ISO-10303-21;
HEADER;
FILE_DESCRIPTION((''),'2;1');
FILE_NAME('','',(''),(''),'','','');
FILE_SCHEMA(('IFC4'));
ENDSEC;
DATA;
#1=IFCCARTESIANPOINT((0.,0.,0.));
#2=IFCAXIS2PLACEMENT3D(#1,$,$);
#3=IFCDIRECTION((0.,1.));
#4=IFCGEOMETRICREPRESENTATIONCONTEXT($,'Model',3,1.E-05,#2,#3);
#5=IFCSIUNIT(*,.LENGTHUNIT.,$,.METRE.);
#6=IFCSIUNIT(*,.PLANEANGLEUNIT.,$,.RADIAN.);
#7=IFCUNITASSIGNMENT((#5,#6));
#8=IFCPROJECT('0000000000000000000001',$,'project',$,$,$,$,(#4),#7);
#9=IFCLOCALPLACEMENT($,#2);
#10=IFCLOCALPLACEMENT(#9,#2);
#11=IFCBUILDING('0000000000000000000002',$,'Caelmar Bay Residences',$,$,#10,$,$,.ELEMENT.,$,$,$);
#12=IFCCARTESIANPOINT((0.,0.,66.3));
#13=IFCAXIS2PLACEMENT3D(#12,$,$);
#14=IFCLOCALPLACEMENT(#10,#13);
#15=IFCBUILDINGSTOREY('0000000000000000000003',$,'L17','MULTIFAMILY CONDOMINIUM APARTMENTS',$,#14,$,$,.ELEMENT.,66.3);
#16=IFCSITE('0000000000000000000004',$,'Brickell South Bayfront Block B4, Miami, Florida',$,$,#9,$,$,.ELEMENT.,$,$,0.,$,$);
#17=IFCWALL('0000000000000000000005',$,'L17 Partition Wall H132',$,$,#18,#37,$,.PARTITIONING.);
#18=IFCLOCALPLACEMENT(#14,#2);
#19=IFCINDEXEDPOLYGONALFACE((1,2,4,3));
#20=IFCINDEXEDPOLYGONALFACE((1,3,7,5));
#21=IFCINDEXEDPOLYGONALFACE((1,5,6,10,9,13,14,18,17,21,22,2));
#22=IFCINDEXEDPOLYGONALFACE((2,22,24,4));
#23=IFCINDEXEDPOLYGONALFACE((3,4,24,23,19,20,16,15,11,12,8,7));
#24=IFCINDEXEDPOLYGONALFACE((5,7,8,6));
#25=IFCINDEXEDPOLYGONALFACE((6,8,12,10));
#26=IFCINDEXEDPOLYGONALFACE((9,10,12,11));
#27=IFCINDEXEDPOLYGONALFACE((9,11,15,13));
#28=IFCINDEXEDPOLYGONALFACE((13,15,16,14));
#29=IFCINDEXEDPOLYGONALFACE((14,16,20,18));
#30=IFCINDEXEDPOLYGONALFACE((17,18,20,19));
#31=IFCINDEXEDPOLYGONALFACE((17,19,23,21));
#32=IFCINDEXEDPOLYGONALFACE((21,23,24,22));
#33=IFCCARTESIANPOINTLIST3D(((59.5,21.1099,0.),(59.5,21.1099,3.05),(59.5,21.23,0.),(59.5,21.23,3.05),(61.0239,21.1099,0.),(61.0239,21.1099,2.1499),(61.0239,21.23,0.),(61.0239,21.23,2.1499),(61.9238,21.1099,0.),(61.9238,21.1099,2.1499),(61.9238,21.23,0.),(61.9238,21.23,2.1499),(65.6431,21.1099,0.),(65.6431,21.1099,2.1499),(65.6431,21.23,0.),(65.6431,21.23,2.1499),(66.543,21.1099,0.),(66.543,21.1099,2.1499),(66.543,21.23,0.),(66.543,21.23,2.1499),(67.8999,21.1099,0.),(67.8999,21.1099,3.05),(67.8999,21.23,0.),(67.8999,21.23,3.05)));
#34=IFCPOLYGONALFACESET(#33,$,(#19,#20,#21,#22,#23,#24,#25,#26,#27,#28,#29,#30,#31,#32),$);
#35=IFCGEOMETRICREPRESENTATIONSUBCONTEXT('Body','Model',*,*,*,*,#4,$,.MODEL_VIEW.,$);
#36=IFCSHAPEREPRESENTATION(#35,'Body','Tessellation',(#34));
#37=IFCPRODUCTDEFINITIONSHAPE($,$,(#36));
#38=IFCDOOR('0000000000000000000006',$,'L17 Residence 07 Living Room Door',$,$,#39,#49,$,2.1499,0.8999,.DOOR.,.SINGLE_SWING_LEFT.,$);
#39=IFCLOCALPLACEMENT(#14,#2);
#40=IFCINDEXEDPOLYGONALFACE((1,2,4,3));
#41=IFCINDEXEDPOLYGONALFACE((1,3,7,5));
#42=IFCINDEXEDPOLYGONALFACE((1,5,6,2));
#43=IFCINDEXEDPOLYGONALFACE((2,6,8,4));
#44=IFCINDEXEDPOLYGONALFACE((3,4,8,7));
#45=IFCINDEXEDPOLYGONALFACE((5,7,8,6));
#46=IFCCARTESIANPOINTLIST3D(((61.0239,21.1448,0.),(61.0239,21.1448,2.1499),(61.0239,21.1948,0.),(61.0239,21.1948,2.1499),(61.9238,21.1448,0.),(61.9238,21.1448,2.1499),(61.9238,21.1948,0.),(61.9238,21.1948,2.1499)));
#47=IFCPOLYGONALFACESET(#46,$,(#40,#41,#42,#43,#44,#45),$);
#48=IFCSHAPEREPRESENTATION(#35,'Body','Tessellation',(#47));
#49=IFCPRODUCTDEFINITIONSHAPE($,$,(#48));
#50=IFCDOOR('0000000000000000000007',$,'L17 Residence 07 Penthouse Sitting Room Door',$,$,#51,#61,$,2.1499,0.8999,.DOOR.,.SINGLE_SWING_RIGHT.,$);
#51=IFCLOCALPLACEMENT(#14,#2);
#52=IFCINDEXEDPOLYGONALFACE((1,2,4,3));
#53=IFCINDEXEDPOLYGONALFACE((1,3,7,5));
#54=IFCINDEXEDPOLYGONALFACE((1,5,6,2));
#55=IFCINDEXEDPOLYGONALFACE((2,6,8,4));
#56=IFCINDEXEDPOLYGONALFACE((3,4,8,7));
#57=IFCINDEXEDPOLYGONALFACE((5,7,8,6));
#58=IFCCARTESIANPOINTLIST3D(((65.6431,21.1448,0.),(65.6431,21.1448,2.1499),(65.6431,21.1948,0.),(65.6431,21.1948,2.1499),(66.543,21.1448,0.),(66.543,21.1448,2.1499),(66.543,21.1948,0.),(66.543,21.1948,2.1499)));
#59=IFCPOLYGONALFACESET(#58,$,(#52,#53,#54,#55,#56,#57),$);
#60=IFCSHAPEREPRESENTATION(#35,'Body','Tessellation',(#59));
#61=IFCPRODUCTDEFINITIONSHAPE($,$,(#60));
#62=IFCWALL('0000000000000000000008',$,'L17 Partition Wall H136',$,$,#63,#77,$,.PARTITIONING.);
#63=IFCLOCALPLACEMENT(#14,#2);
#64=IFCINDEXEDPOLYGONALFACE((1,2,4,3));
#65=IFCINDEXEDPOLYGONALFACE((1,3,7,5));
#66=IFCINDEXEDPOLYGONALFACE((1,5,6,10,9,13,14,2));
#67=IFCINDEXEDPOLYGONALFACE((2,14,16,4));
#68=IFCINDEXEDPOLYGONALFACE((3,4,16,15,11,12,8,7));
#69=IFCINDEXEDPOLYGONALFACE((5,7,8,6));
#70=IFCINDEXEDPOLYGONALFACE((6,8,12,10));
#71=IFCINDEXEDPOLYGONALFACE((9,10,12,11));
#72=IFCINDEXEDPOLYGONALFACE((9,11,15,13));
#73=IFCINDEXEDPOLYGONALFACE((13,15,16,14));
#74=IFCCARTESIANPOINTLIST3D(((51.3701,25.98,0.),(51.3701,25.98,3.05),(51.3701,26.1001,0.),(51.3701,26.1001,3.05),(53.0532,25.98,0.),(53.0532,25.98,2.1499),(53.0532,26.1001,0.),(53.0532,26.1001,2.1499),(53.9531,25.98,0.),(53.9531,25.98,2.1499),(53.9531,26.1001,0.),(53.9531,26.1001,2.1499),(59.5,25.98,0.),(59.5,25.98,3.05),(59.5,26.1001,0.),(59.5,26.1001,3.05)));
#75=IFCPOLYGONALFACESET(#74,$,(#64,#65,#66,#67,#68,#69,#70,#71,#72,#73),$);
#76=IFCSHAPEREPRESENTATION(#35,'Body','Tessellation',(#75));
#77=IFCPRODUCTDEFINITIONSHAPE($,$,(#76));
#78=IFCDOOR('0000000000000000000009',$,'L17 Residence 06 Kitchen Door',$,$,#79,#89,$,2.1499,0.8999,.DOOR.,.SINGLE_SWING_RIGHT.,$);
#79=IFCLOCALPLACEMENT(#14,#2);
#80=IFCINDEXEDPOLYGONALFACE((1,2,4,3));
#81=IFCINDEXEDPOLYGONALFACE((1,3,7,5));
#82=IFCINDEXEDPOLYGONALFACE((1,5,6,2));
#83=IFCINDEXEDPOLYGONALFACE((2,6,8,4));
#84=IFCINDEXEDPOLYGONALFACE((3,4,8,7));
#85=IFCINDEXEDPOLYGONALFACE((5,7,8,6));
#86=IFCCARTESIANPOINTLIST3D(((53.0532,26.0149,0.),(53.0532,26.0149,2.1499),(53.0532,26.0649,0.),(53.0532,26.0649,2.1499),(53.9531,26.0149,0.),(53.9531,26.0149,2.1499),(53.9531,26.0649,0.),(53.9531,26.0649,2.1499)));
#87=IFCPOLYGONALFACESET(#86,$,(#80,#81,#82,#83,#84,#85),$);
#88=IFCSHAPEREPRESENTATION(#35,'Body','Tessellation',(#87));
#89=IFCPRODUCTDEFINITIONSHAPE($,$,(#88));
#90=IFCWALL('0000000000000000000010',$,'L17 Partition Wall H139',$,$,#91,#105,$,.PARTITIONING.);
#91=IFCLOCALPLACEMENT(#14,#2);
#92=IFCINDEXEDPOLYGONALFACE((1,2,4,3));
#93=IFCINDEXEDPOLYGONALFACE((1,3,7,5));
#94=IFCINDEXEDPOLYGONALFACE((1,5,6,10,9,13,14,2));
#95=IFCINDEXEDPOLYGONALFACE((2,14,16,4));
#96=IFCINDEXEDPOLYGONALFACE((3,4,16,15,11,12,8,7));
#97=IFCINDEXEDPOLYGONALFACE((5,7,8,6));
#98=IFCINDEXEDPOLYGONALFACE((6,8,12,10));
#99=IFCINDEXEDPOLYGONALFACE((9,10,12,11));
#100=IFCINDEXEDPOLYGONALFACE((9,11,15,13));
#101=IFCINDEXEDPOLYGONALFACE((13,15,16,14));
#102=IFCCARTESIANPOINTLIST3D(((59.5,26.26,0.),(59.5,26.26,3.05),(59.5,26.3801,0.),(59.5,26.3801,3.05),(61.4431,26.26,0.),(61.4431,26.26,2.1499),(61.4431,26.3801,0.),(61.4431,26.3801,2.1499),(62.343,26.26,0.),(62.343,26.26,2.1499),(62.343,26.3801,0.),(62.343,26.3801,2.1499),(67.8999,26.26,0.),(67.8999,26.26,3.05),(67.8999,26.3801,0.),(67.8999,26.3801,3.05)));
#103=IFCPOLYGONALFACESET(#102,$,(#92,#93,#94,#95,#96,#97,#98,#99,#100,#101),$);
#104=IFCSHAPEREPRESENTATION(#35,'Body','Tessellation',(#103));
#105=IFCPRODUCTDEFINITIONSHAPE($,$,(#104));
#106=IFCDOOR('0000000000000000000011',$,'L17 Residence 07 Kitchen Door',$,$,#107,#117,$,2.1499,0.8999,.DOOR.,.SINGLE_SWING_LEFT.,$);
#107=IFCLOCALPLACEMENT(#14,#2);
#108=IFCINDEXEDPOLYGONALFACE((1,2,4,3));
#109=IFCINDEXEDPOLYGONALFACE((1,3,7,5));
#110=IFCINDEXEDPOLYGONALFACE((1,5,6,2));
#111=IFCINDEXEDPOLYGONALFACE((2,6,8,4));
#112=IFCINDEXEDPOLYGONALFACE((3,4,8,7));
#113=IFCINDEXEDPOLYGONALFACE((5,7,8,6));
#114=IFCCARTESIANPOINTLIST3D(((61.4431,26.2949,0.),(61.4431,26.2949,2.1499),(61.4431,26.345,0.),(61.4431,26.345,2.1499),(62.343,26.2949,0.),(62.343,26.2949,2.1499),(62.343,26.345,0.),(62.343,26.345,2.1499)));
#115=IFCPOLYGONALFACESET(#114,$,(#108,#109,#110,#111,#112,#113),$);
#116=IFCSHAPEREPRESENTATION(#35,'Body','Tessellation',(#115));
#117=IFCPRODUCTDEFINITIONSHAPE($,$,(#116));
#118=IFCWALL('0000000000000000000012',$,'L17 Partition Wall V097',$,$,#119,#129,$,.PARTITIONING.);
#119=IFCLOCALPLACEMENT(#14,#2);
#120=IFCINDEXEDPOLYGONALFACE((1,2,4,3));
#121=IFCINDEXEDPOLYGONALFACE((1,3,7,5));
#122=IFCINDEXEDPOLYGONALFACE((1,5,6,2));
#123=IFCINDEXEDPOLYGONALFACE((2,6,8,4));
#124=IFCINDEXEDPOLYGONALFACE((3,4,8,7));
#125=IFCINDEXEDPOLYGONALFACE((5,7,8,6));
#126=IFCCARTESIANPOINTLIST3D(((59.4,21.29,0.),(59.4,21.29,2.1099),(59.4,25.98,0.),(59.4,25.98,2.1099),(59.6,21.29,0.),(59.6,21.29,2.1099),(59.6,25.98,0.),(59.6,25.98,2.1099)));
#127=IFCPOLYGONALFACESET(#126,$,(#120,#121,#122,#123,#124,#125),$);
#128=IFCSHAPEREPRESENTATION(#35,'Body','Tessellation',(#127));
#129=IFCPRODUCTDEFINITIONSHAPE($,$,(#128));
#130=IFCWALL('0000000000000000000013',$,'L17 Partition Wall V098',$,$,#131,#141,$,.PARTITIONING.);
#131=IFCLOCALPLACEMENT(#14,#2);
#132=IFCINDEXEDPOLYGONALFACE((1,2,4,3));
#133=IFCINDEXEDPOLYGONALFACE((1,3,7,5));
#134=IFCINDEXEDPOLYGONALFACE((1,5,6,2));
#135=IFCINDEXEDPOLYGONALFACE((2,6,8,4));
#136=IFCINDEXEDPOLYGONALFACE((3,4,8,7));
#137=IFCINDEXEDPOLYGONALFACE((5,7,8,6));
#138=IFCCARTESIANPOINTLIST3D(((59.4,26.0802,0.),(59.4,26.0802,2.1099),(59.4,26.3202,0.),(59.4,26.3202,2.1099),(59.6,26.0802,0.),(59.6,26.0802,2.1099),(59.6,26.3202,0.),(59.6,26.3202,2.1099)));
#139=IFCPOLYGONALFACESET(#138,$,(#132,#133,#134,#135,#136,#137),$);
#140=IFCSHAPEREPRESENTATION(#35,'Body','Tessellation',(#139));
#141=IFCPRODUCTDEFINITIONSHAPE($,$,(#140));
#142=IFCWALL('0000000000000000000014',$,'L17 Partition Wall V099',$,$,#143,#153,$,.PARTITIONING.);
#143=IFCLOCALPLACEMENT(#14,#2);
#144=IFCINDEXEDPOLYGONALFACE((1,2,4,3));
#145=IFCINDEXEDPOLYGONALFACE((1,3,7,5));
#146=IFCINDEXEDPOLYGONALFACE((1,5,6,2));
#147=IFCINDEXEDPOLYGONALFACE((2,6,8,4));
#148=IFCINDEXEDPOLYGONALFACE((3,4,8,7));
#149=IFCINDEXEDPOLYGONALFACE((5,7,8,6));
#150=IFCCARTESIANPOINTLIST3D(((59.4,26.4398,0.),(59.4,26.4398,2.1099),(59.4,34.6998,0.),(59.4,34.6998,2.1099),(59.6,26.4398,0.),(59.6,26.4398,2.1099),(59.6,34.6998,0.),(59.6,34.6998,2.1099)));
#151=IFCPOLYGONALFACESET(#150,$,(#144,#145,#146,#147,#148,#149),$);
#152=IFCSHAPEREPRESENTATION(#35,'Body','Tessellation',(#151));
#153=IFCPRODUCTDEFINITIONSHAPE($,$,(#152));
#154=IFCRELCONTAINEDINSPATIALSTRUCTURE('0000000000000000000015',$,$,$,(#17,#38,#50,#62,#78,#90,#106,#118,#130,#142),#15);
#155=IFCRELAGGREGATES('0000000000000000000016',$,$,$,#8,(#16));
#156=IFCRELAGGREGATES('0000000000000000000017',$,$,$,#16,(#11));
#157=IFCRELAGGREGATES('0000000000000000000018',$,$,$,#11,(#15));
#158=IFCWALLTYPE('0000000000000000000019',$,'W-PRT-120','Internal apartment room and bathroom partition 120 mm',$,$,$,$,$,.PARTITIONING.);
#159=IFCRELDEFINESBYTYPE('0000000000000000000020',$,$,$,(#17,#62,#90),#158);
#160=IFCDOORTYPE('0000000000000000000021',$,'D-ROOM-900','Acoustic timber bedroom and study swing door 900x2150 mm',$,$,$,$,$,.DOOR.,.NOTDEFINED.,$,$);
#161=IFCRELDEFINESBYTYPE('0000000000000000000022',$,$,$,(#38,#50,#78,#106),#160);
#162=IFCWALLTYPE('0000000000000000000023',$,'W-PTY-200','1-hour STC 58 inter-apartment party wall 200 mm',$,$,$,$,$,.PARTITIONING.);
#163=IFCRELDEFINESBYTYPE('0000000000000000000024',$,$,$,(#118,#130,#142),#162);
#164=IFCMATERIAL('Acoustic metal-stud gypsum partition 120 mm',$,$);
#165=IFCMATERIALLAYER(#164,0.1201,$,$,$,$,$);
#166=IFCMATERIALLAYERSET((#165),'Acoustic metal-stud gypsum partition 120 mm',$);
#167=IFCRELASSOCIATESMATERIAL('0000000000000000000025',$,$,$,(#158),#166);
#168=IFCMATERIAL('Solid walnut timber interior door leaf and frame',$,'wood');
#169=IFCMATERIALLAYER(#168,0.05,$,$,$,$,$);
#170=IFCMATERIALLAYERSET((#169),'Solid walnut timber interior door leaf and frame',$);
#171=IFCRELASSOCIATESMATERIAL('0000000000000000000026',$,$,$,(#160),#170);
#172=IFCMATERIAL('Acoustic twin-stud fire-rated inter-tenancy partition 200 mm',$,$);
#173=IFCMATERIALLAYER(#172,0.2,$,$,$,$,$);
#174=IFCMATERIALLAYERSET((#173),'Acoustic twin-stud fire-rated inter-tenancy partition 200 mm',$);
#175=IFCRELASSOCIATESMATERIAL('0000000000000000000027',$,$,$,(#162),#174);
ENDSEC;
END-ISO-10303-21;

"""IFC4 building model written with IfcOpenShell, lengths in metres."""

from ifc_helpers import new_model, si_unit, direction, frame, frame_2d, origin, place, context, subcontext, project, spatial, rectangle, extrude, material, layer, layer_set, type_object, element, fill, save


model = new_model("IFC4")

# Units and contexts
model_context = context("Model", 3, precision=1e-05, world=origin(), true_north=direction((0.0, 1.0)))
body_context = subcontext(model_context, "Body", "Model", "MODEL_VIEW")
ifc_project = project(units=[si_unit("LENGTHUNIT", "METRE"), si_unit("PLANEANGLEUNIT", "RADIAN")], contexts=[model_context])

# Site, building, storey
site_placement = place(None, origin())
site = spatial("IfcSite", under=ifc_project, at=site_placement, Name="Brickell South Bayfront Block B4, Miami, Florida", CompositionType="ELEMENT", RefElevation=0.0)
building_placement = place(site_placement, origin())
building = spatial("IfcBuilding", under=site, at=building_placement, Name="Caelmar Bay Residences", CompositionType="ELEMENT")
storey_placement = place(building_placement, frame((0.0, 0.0, 66.3)))
storey = spatial("IfcBuildingStorey", under=building, at=storey_placement, Name="L17", Description="MULTIFAMILY CONDOMINIUM APARTMENTS", CompositionType="ELEMENT", Elevation=66.3)

# Shared definitions
ifc_material_1 = material(Name="Acoustic metal-stud gypsum partition 120 mm")
ifc_layer_1 = layer(ifc_material_1, 0.1201)
ifc_layer_set_1 = layer_set([ifc_layer_1], Name="Acoustic metal-stud gypsum partition 120 mm")
wall_type_1 = type_object("IfcWallType", Name="W-PRT-120", Description="Internal apartment room and bathroom partition 120 mm", PredefinedType="PARTITIONING", material=ifc_layer_set_1)

# Shared definitions
ifc_material_2 = material(Name="Solid walnut timber interior door leaf and frame", Category="wood")
ifc_layer_2 = layer(ifc_material_2, 0.05)
ifc_layer_set_2 = layer_set([ifc_layer_2], Name="Solid walnut timber interior door leaf and frame")
door_type_1 = type_object("IfcDoorType", Name="D-ROOM-900", Description="Acoustic timber bedroom and study swing door 900x2150 mm", OperationType="NOTDEFINED", PredefinedType="DOOR", material=ifc_layer_set_2)

# Wall, openings, doors
wall_1_placement = place(storey_placement, frame((59.5, 21.1699, 0.0), z_axis=(0.0, 0.0, 1.0), x_axis=(1.0, 0.0, 0.0)))
wall_1 = element("IfcWall", 1, at=wall_1_placement, inside=storey, type_object=wall_type_1, Name="L17 Partition Wall H132", PredefinedType="PARTITIONING", context=body_context, shape_type="SweptSolid", body=[
    extrude(rectangle(XDim=8.3999, YDim=0.1201, at=frame_2d((4.2, 0.0))), origin(), (0.0, 0.0, 1.0), 3.05),
])
opening_1_placement = place(wall_1_placement, frame((1.5239, 0.0, 0.0)))
opening_1 = element("IfcOpeningElement", 2, at=opening_1_placement, cuts=wall_1, PredefinedType="OPENING", context=body_context, shape_type="SweptSolid", body=[
    extrude(rectangle(XDim=0.8999, YDim=2.1499, at=frame_2d((0.45, 1.075))), frame((0.0, 0.0701, 0.0), z_axis=(0.0, -1.0, 0.0), x_axis=(1.0, 0.0, 0.0)), (0.0, 0.0, 1.0), 0.1401),
])
opening_2_placement = place(wall_1_placement, frame((6.1431, 0.0, 0.0)))
opening_2 = element("IfcOpeningElement", 3, at=opening_2_placement, cuts=wall_1, PredefinedType="OPENING", context=body_context, shape_type="SweptSolid", body=[
    extrude(rectangle(XDim=0.8999, YDim=2.1499, at=frame_2d((0.45, 1.075))), frame((0.0, 0.0701, 0.0), z_axis=(0.0, -1.0, 0.0), x_axis=(1.0, 0.0, 0.0)), (0.0, 0.0, 1.0), 0.1401),
])
door_1_placement = place(opening_1_placement, origin())
door_1 = element("IfcDoor", 4, at=door_1_placement, inside=storey, type_object=door_type_1, Name="L17 Residence 07 Living Room Door", OperationType="SINGLE_SWING_LEFT", OverallHeight=2.1499, OverallWidth=0.8999, PredefinedType="DOOR", context=body_context, shape_type="SweptSolid", body=[
    extrude(rectangle(XDim=0.8999, YDim=2.1499, at=frame_2d((0.45, 1.075))), frame((0.0, 0.0249, 0.0), z_axis=(0.0, -1.0, 0.0), x_axis=(1.0, 0.0, 0.0)), (0.0, 0.0, 1.0), 0.05),
])
fill(opening_1, door_1)
door_2_placement = place(opening_2_placement, origin())
door_2 = element("IfcDoor", 5, at=door_2_placement, inside=storey, type_object=door_type_1, Name="L17 Residence 07 Penthouse Sitting Room Door", OperationType="SINGLE_SWING_RIGHT", OverallHeight=2.1499, OverallWidth=0.8999, PredefinedType="DOOR", context=body_context, shape_type="SweptSolid", body=[
    extrude(rectangle(XDim=0.8999, YDim=2.1499, at=frame_2d((0.45, 1.075))), frame((0.0, 0.0249, 0.0), z_axis=(0.0, -1.0, 0.0), x_axis=(1.0, 0.0, 0.0)), (0.0, 0.0, 1.0), 0.05),
])
fill(opening_2, door_2)

# Walls, openings, doors
wall_2_placement = place(storey_placement, frame((51.3701, 26.04, 0.0), z_axis=(0.0, 0.0, 1.0), x_axis=(1.0, 0.0, 0.0)))
wall_2 = element("IfcWall", 6, at=wall_2_placement, inside=storey, type_object=wall_type_1, Name="L17 Partition Wall H136", PredefinedType="PARTITIONING", context=body_context, shape_type="SweptSolid", body=[
    extrude(rectangle(XDim=8.1299, YDim=0.1201, at=frame_2d((4.0649, 0.0))), origin(), (0.0, 0.0, 1.0), 3.05),
])
opening_3_placement = place(wall_2_placement, frame((1.6831, 0.0, 0.0)))
opening_3 = element("IfcOpeningElement", 7, at=opening_3_placement, cuts=wall_2, PredefinedType="OPENING", context=body_context, shape_type="SweptSolid", body=[
    extrude(rectangle(XDim=0.8999, YDim=2.1499, at=frame_2d((0.45, 1.075))), frame((0.0, 0.0701, 0.0), z_axis=(0.0, -1.0, 0.0), x_axis=(1.0, 0.0, 0.0)), (0.0, 0.0, 1.0), 0.1401),
])
door_3_placement = place(opening_3_placement, origin())
door_3 = element("IfcDoor", 8, at=door_3_placement, inside=storey, type_object=door_type_1, Name="L17 Residence 06 Kitchen Door", OperationType="SINGLE_SWING_RIGHT", OverallHeight=2.1499, OverallWidth=0.8999, PredefinedType="DOOR", context=body_context, shape_type="SweptSolid", body=[
    extrude(rectangle(XDim=0.8999, YDim=2.1499, at=frame_2d((0.45, 1.075))), frame((0.0, 0.0249, 0.0), z_axis=(0.0, -1.0, 0.0), x_axis=(1.0, 0.0, 0.0)), (0.0, 0.0, 1.0), 0.05),
])
fill(opening_3, door_3)
wall_3_placement = place(storey_placement, frame((59.5, 26.3201, 0.0), z_axis=(0.0, 0.0, 1.0), x_axis=(1.0, 0.0, 0.0)))
wall_3 = element("IfcWall", 9, at=wall_3_placement, inside=storey, type_object=wall_type_1, Name="L17 Partition Wall H139", PredefinedType="PARTITIONING", context=body_context, shape_type="SweptSolid", body=[
    extrude(rectangle(XDim=8.3999, YDim=0.1201, at=frame_2d((4.2, 0.0))), origin(), (0.0, 0.0, 1.0), 3.05),
])
opening_4_placement = place(wall_3_placement, frame((1.9431, 0.0, 0.0)))
opening_4 = element("IfcOpeningElement", 10, at=opening_4_placement, cuts=wall_3, PredefinedType="OPENING", context=body_context, shape_type="SweptSolid", body=[
    extrude(rectangle(XDim=0.8999, YDim=2.1499, at=frame_2d((0.45, 1.075))), frame((0.0, 0.0701, 0.0), z_axis=(0.0, -1.0, 0.0), x_axis=(1.0, 0.0, 0.0)), (0.0, 0.0, 1.0), 0.1401),
])
door_4_placement = place(opening_4_placement, origin())
door_4 = element("IfcDoor", 11, at=door_4_placement, inside=storey, type_object=door_type_1, Name="L17 Residence 07 Kitchen Door", OperationType="SINGLE_SWING_LEFT", OverallHeight=2.1499, OverallWidth=0.8999, PredefinedType="DOOR", context=body_context, shape_type="SweptSolid", body=[
    extrude(rectangle(XDim=0.8999, YDim=2.1499, at=frame_2d((0.45, 1.075))), frame((0.0, 0.0249, 0.0), z_axis=(0.0, -1.0, 0.0), x_axis=(1.0, 0.0, 0.0)), (0.0, 0.0, 1.0), 0.05),
])
fill(opening_4, door_4)

# Walls
ifc_material_3 = material(Name="Acoustic twin-stud fire-rated inter-tenancy partition 200 mm")
ifc_layer_3 = layer(ifc_material_3, 0.2)
ifc_layer_set_3 = layer_set([ifc_layer_3], Name="Acoustic twin-stud fire-rated inter-tenancy partition 200 mm")
wall_type_2 = type_object("IfcWallType", Name="W-PTY-200", Description="1-hour STC 58 inter-apartment party wall 200 mm", PredefinedType="PARTITIONING", material=ifc_layer_set_3)
wall_4_placement = place(storey_placement, frame((59.5, 21.29, 0.0), z_axis=(0.0, 0.0, 1.0), x_axis=(0.0, 1.0, 0.0)))
element("IfcWall", 12, at=wall_4_placement, inside=storey, type_object=wall_type_2, Name="L17 Partition Wall V097", PredefinedType="PARTITIONING", context=body_context, shape_type="SweptSolid", body=[
    extrude(rectangle(XDim=4.6899, YDim=0.2, at=frame_2d((2.345, 0.0))), origin(), (0.0, 0.0, 1.0), 2.1099),
])
wall_5_placement = place(storey_placement, frame((59.5, 26.0801, 0.0), z_axis=(0.0, 0.0, 1.0), x_axis=(0.0, 1.0, 0.0)))
element("IfcWall", 13, at=wall_5_placement, inside=storey, type_object=wall_type_2, Name="L17 Partition Wall V098", PredefinedType="PARTITIONING", context=body_context, shape_type="SweptSolid", body=[
    extrude(rectangle(XDim=0.24, YDim=0.2, at=frame_2d((0.1201, 0.0))), origin(), (0.0, 0.0, 1.0), 2.1099),
])
wall_6_placement = place(storey_placement, frame((59.5, 26.4399, 0.0), z_axis=(0.0, 0.0, 1.0), x_axis=(0.0, 1.0, 0.0)))
element("IfcWall", 14, at=wall_6_placement, inside=storey, type_object=wall_type_2, Name="L17 Partition Wall V099", PredefinedType="PARTITIONING", context=body_context, shape_type="SweptSolid", body=[
    extrude(rectangle(XDim=8.26, YDim=0.2, at=frame_2d((4.1299, 0.0))), origin(), (0.0, 0.0, 1.0), 2.1099),
])

save(model, "model.ifc")
